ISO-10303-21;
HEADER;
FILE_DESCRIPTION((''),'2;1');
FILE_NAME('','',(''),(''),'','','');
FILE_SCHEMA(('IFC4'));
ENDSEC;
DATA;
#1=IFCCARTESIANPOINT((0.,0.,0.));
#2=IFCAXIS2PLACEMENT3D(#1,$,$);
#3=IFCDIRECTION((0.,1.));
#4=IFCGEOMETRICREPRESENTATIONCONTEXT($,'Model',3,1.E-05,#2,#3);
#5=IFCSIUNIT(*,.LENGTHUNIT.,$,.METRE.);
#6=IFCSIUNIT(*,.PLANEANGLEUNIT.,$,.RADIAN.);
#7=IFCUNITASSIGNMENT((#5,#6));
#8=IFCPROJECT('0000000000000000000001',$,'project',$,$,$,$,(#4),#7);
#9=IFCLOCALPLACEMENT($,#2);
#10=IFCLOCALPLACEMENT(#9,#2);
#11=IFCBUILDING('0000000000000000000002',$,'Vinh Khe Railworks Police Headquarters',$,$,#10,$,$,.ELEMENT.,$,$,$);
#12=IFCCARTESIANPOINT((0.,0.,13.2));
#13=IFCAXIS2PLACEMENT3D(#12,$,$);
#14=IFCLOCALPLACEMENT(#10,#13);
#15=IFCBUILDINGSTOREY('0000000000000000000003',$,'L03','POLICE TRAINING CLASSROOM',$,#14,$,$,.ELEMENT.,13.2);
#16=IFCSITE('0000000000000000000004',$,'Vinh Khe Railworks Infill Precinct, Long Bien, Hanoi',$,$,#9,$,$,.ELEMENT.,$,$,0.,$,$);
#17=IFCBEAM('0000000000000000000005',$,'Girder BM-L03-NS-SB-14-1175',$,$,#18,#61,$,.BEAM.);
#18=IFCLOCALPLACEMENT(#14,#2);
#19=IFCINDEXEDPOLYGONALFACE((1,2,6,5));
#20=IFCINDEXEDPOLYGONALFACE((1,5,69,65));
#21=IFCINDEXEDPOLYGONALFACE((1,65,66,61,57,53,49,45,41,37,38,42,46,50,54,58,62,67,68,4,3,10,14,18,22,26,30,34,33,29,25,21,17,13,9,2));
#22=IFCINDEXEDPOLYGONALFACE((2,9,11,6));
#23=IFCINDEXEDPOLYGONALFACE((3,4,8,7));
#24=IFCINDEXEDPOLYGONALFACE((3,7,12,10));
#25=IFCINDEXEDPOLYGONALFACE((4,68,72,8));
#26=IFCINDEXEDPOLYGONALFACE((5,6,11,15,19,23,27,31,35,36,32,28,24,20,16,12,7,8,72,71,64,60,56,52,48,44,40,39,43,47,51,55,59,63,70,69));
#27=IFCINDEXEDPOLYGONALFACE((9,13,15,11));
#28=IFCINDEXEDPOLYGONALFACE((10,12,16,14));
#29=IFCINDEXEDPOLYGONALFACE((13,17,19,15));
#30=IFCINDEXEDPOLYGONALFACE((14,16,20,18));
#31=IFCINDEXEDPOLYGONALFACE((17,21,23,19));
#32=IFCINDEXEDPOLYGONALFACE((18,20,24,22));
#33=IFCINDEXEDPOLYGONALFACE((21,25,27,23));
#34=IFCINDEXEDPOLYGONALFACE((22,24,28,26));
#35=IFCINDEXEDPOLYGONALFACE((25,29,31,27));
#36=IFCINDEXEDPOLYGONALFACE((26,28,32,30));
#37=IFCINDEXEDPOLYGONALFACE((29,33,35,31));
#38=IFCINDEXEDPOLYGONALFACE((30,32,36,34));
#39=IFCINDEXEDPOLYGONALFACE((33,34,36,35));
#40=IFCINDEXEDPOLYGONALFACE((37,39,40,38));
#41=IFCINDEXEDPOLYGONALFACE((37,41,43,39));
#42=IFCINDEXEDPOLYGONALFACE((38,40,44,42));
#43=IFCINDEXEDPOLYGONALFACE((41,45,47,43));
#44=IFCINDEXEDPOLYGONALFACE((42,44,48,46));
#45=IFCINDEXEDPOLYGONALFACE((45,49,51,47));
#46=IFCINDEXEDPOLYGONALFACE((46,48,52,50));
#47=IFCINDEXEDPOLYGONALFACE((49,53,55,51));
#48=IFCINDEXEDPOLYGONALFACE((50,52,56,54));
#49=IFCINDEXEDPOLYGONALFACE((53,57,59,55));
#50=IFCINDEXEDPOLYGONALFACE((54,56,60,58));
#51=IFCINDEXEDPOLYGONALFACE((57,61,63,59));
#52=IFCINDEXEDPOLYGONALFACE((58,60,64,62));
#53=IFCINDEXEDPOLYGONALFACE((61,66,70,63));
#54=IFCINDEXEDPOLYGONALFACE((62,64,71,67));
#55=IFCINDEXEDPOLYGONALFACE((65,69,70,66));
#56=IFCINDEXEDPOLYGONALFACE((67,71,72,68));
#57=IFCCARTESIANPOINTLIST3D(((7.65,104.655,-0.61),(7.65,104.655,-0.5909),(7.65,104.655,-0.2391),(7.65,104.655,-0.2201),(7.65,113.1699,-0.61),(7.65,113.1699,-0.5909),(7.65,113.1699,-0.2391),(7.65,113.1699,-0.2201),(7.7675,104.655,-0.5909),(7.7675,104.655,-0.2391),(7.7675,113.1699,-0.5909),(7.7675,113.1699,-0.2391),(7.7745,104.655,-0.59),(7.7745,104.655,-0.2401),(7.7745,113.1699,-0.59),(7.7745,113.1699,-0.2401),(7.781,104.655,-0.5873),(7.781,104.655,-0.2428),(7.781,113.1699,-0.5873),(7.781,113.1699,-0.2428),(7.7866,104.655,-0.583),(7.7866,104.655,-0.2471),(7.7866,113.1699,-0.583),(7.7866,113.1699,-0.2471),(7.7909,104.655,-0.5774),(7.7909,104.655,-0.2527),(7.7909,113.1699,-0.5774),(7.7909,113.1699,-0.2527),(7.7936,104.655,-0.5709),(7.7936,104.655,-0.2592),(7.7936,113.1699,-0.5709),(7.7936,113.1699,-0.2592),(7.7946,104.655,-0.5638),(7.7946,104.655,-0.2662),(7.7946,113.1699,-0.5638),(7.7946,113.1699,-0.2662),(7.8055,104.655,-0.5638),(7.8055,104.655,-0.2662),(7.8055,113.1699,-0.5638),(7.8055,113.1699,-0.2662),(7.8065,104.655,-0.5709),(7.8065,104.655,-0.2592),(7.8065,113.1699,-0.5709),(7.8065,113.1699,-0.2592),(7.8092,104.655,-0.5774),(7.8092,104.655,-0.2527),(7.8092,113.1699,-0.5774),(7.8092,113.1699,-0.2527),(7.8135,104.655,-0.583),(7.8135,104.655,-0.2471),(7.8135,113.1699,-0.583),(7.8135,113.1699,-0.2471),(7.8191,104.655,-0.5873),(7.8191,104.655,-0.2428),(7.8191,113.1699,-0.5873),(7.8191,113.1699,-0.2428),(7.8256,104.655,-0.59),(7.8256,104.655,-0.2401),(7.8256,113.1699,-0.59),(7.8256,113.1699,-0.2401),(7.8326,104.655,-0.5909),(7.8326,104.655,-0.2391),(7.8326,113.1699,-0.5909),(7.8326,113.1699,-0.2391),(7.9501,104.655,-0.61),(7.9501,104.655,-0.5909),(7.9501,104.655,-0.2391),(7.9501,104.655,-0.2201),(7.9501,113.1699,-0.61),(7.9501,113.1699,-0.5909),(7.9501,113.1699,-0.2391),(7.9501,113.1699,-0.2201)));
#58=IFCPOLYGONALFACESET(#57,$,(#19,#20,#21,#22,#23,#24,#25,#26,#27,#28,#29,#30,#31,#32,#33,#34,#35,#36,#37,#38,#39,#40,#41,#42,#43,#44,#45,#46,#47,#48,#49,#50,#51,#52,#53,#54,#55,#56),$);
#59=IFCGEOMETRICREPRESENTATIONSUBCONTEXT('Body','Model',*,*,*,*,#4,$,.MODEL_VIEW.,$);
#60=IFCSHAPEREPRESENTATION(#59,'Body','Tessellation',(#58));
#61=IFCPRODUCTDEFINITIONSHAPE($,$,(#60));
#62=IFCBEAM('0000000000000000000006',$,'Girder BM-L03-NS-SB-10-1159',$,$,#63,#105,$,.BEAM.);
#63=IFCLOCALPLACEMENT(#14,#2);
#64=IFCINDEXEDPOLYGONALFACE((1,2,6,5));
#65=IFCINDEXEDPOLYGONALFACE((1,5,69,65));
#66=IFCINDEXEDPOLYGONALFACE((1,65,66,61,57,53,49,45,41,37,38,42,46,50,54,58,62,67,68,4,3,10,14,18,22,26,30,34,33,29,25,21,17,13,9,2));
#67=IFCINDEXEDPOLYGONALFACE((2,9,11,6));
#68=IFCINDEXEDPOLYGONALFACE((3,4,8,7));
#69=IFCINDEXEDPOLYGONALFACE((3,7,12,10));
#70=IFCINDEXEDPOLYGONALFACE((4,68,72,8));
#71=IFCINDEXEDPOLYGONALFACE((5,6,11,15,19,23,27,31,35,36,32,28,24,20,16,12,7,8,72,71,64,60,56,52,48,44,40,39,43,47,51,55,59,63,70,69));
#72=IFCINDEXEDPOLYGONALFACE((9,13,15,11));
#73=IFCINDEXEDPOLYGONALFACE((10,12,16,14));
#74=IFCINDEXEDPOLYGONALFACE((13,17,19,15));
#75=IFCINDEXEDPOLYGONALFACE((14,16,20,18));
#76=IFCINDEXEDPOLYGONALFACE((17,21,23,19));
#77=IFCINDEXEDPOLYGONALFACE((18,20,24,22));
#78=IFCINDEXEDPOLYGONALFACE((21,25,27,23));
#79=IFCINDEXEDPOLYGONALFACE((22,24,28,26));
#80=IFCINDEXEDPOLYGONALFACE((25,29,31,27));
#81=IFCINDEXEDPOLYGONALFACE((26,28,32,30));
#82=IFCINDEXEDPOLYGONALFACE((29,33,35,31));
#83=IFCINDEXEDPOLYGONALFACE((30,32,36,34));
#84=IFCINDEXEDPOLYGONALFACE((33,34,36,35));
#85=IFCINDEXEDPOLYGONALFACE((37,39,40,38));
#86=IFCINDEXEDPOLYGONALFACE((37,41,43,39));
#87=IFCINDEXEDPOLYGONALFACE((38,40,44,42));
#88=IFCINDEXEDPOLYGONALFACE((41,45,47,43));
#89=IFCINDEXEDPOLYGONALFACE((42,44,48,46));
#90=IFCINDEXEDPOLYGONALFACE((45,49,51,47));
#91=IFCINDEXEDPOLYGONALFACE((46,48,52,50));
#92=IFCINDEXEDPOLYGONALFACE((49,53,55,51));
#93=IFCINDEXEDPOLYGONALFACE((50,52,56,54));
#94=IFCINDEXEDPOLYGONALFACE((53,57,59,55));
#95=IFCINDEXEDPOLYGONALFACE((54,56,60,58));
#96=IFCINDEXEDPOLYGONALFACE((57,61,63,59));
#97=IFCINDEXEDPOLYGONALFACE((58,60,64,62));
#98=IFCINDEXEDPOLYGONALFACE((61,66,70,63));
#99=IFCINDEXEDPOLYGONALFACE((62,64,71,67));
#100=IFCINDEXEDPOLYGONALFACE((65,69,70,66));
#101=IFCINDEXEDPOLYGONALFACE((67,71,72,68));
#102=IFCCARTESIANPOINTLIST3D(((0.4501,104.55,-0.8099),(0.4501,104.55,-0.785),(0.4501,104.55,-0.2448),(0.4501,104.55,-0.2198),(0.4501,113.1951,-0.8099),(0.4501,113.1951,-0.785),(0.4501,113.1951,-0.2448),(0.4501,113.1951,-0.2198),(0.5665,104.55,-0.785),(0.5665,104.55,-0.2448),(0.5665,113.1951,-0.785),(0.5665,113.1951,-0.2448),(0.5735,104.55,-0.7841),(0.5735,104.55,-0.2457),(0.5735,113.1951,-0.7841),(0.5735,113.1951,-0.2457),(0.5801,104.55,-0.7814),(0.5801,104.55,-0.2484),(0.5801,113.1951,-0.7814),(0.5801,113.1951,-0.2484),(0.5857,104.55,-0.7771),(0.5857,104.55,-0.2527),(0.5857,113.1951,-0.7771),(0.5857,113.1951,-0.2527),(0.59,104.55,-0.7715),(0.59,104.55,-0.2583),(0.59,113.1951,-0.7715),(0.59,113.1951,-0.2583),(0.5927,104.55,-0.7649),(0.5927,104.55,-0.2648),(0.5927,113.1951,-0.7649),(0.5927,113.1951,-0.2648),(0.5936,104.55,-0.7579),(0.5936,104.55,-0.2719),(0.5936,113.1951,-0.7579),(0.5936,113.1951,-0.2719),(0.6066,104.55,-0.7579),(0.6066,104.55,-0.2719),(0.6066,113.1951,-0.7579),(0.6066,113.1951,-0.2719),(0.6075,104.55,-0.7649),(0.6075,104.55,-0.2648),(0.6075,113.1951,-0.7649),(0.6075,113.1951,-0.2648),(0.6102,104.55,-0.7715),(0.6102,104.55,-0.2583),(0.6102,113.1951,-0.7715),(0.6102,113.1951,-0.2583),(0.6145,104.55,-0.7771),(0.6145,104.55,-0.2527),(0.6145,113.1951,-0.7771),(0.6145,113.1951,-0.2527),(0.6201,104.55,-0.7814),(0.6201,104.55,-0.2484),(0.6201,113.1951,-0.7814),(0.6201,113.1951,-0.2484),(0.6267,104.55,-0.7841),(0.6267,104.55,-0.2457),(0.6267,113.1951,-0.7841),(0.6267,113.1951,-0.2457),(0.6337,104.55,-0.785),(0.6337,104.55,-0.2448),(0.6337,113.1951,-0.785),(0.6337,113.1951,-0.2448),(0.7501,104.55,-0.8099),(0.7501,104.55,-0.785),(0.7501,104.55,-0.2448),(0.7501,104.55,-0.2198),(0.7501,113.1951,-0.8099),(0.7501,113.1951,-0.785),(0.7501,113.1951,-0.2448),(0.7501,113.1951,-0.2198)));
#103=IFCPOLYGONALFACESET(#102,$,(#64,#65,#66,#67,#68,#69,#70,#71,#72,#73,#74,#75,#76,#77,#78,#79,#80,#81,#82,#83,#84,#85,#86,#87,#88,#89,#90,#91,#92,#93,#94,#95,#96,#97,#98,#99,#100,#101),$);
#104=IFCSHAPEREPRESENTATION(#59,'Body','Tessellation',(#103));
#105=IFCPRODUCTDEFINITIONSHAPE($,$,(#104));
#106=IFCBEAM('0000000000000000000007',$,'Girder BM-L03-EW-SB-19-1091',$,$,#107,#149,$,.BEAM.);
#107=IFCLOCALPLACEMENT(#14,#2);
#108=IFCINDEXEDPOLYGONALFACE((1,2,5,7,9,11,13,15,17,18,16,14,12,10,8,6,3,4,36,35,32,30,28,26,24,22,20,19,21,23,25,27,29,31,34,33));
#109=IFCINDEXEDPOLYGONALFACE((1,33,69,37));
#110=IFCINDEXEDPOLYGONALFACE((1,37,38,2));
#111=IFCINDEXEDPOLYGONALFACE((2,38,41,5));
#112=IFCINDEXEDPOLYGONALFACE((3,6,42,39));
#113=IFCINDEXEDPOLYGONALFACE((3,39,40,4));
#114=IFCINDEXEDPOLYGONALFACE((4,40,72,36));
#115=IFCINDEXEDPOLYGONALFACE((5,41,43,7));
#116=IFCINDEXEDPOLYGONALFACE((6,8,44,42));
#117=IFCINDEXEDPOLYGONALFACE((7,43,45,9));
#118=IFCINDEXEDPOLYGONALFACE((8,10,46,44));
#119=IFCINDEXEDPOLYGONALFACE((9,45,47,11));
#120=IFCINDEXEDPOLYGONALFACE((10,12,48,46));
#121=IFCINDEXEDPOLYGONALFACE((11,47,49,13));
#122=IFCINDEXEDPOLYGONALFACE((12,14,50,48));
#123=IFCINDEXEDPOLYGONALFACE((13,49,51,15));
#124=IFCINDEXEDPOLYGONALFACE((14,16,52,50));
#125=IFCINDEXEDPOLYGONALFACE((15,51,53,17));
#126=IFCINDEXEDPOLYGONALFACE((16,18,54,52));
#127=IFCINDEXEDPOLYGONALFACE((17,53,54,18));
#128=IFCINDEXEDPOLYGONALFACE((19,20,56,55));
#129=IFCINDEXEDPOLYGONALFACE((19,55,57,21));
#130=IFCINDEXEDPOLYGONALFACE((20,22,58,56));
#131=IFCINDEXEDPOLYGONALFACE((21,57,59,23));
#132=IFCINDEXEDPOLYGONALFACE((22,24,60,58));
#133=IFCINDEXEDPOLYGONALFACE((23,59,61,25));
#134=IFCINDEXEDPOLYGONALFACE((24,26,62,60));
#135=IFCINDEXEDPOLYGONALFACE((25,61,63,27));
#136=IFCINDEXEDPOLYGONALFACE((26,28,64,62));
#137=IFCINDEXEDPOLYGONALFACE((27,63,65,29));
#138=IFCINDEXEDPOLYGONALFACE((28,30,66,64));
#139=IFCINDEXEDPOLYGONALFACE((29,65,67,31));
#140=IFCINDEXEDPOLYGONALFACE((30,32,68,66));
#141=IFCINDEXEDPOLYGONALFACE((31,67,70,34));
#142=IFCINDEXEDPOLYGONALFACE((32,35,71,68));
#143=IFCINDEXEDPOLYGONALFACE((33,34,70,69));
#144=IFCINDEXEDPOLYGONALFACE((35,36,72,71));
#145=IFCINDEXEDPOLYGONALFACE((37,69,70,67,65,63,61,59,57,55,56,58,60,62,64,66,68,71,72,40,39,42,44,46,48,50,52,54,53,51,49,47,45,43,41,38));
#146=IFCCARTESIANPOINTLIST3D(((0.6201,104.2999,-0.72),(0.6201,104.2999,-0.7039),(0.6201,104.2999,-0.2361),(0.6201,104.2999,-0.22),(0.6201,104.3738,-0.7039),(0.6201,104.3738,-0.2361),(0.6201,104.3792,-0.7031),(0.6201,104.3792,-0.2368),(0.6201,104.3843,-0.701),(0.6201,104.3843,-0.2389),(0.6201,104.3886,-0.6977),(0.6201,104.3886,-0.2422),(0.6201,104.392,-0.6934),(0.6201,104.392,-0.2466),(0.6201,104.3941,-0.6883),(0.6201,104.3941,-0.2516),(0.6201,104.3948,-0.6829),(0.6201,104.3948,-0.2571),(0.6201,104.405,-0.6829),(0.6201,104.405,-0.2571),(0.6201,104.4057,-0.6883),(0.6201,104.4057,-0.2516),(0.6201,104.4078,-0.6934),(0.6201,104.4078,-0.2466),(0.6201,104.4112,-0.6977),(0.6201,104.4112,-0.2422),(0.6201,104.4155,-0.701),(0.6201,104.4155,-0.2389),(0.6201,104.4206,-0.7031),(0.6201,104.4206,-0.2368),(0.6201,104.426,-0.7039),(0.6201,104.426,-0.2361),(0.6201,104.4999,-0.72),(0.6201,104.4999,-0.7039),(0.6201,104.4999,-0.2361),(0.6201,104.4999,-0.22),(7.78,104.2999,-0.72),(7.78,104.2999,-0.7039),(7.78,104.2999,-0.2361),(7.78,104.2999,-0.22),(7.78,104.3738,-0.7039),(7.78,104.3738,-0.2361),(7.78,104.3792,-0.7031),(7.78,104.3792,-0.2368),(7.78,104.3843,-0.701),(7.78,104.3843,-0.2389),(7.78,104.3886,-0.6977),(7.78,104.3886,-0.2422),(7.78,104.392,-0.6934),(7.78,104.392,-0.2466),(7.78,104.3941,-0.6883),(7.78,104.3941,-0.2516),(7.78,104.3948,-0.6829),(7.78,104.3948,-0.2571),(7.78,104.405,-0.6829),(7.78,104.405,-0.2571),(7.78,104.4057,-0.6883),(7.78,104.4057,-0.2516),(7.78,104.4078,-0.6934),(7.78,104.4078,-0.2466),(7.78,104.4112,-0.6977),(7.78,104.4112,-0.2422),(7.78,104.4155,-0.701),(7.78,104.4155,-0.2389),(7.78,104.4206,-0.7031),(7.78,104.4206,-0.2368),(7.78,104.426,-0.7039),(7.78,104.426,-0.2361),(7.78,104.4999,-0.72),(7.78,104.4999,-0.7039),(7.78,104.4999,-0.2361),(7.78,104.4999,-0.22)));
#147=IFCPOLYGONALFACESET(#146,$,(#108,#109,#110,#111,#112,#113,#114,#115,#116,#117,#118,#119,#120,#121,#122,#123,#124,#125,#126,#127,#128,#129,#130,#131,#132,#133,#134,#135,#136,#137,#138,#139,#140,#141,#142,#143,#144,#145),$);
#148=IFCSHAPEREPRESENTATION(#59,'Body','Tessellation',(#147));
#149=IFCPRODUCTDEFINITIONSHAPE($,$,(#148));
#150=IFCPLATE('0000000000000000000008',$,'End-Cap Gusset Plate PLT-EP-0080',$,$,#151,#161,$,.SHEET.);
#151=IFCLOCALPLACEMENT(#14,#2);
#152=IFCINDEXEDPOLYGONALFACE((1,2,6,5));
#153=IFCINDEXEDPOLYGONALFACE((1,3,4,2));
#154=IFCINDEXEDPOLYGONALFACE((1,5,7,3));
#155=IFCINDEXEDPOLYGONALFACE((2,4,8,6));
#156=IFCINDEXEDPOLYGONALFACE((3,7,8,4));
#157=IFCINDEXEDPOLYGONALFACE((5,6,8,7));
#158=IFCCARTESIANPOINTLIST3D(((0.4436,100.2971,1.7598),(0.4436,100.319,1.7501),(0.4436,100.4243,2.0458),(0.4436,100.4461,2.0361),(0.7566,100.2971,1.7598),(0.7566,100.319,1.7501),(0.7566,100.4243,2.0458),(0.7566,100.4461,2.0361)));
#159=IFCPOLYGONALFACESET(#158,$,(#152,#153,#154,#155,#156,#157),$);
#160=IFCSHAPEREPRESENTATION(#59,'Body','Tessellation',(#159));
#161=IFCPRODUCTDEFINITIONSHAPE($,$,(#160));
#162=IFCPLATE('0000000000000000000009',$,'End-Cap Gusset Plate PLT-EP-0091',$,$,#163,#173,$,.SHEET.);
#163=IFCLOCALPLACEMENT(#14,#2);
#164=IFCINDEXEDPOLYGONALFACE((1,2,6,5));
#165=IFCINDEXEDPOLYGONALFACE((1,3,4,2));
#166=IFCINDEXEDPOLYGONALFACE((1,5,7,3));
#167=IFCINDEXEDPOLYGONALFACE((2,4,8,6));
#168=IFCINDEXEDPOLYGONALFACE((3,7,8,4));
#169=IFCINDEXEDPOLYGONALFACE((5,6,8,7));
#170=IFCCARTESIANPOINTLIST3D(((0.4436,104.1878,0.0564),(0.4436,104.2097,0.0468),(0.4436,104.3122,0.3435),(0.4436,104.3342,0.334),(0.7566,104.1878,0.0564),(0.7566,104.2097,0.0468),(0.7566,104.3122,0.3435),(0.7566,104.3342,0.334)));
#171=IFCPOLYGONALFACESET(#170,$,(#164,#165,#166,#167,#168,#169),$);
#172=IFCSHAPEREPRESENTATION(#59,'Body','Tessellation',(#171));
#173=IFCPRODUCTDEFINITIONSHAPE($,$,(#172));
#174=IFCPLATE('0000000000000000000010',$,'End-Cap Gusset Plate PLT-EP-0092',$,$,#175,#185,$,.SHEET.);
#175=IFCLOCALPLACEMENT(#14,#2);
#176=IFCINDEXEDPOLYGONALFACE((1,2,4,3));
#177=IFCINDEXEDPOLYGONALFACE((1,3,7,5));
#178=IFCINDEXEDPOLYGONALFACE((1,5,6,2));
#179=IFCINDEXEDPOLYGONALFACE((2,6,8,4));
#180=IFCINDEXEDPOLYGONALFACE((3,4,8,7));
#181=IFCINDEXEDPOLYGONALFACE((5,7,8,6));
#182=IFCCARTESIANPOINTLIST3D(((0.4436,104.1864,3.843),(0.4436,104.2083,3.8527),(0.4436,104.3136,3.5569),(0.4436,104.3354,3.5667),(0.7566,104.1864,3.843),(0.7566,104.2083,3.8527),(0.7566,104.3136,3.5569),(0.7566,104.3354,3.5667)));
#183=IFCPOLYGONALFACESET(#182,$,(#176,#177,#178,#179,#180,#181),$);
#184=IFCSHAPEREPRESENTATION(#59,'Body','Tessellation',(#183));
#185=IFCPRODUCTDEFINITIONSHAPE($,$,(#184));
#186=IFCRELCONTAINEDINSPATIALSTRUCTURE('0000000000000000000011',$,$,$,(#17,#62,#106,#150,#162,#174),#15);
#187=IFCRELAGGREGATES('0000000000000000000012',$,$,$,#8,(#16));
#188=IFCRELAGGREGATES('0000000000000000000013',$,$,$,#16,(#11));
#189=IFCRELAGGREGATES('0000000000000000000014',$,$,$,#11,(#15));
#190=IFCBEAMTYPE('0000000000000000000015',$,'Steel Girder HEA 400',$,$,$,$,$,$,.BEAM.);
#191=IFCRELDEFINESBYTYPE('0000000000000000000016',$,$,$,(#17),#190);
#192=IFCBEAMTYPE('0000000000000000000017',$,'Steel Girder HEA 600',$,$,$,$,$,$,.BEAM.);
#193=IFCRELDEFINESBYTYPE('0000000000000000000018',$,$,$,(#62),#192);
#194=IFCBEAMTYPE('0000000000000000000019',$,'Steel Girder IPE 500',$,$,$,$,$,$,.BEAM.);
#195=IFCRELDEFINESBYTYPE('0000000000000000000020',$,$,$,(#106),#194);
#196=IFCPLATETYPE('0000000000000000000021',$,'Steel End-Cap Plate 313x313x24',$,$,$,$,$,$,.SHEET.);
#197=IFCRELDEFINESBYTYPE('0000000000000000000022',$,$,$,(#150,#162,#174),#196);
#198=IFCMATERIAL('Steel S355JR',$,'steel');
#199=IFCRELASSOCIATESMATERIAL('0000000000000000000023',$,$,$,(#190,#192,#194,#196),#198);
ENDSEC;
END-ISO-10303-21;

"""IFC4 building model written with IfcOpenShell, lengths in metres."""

from ifc_helpers import new_model, si_unit, direction, frame, origin, origin_2d, place, context, subcontext, project, spatial, rectangle, i_section, extrude, material, material_profile, profile_set, type_object, element, save


model = new_model("IFC4")

# Units and contexts
model_context = context("Model", 3, precision=1e-05, world=origin(), true_north=direction((0.0, 1.0)))
body_context = subcontext(model_context, "Body", "Model", "MODEL_VIEW")
ifc_project = project(units=[si_unit("LENGTHUNIT", "METRE"), si_unit("PLANEANGLEUNIT", "RADIAN")], contexts=[model_context])

# Site, building, storey
site_placement = place(None, origin())
site = spatial("IfcSite", under=ifc_project, at=site_placement, Name="Vinh Khe Railworks Infill Precinct, Long Bien, Hanoi", CompositionType="ELEMENT", RefElevation=0.0)
building_placement = place(site_placement, origin())
building = spatial("IfcBuilding", under=site, at=building_placement, Name="Vinh Khe Railworks Police Headquarters", CompositionType="ELEMENT")
storey_placement = place(building_placement, frame((0.0, 0.0, 13.2)))
storey = spatial("IfcBuildingStorey", under=building, at=storey_placement, Name="L03", Description="POLICE TRAINING CLASSROOM", CompositionType="ELEMENT", Elevation=13.2)

# Shared definitions
ifc_material_1 = material(Name="Steel S355JR", Category="steel")

# Beams
ifc_material_profile_1 = material_profile(ifc_material_1, i_section(OverallWidth=0.3, OverallDepth=0.3899, WebThickness=0.011, FlangeThickness=0.019, FilletRadius=0.0271, at=origin_2d()), Name="HEA 400")
ifc_profile_set_1 = profile_set([ifc_material_profile_1], Name="Steel S355JR")
beam_type_1 = type_object("IfcBeamType", Name="Steel Girder HEA 400", PredefinedType="BEAM", material=ifc_profile_set_1)
beam_1_placement = place(storey_placement, frame((7.8, 104.655, -0.415), z_axis=(0.0, 1.0, 0.0), x_axis=(-1.0, 0.0, 0.0)))
element("IfcBeam", 1, at=beam_1_placement, inside=storey, type_object=beam_type_1, Name="Girder BM-L03-NS-SB-14-1175", PredefinedType="BEAM", context=body_context, shape_type="SweptSolid", body=[
    extrude(i_section(OverallWidth=0.3, OverallDepth=0.3899, WebThickness=0.011, FlangeThickness=0.019, FilletRadius=0.0271, at=origin_2d()), origin(), (0.0, 0.0, 1.0), 8.5149),
])
ifc_material_profile_2 = material_profile(ifc_material_1, i_section(OverallWidth=0.3, OverallDepth=0.5901, WebThickness=0.0129, FlangeThickness=0.0249, FilletRadius=0.0271, at=origin_2d()), Name="HEA 600")
ifc_profile_set_2 = profile_set([ifc_material_profile_2], Name="Steel S355JR")
beam_type_2 = type_object("IfcBeamType", Name="Steel Girder HEA 600", PredefinedType="BEAM", material=ifc_profile_set_2)
beam_2_placement = place(storey_placement, frame((0.6001, 104.55, -0.5149), z_axis=(0.0, 1.0, 0.0), x_axis=(-1.0, 0.0, 0.0)))
element("IfcBeam", 2, at=beam_2_placement, inside=storey, type_object=beam_type_2, Name="Girder BM-L03-NS-SB-10-1159", PredefinedType="BEAM", context=body_context, shape_type="SweptSolid", body=[
    extrude(i_section(OverallWidth=0.3, OverallDepth=0.5901, WebThickness=0.0129, FlangeThickness=0.0249, FilletRadius=0.0271, at=origin_2d()), origin(), (0.0, 0.0, 1.0), 8.645),
])
ifc_material_profile_3 = material_profile(ifc_material_1, i_section(OverallWidth=0.2, OverallDepth=0.5, WebThickness=0.0103, FlangeThickness=0.0161, FilletRadius=0.021, at=origin_2d()), Name="IPE 500")
ifc_profile_set_3 = profile_set([ifc_material_profile_3], Name="Steel S355JR")
beam_type_3 = type_object("IfcBeamType", Name="Steel Girder IPE 500", PredefinedType="BEAM", material=ifc_profile_set_3)
beam_3_placement = place(storey_placement, frame((0.6201, 104.3999, -0.47), z_axis=(1.0, 0.0, 0.0), x_axis=(0.0, 1.0, 0.0)))
element("IfcBeam", 3, at=beam_3_placement, inside=storey, type_object=beam_type_3, Name="Girder BM-L03-EW-SB-19-1091", PredefinedType="BEAM", context=body_context, shape_type="SweptSolid", body=[
    extrude(i_section(OverallWidth=0.2, OverallDepth=0.5, WebThickness=0.0103, FlangeThickness=0.0161, FilletRadius=0.021, at=origin_2d()), origin(), (0.0, 0.0, 1.0), 7.1599),
])

# Plates
ifc_material_profile_4 = material_profile(ifc_material_1, rectangle(XDim=0.313, YDim=0.313, at=origin_2d()), Name="PL 313x313")
ifc_profile_set_4 = profile_set([ifc_material_profile_4], Name="Steel S355JR")
plate_type = type_object("IfcPlateType", Name="Steel End-Cap Plate 313x313x24", PredefinedType="SHEET", material=ifc_profile_set_4)
for number, where, z_axis, x_axis, name in (
    (4, (0.6001, 100.3826, 1.8931), (0.0, -0.913812, 0.406138), (1.0, 0.0, 0.0), "End-Cap Gusset Plate PLT-EP-0080"),
    (5, (0.6001, 104.25, 0.2), (0.0, 0.917556, -0.397607), (-1.0, 0.0, 0.0), "End-Cap Gusset Plate PLT-EP-0091"),
    (6, (0.6001, 104.25, 3.7), (0.0, 0.913812, 0.406138), (-1.0, 0.0, 0.0), "End-Cap Gusset Plate PLT-EP-0092"),
):
    element("IfcPlate", number, at=place(storey_placement, frame(where, z_axis=z_axis, x_axis=x_axis)), inside=storey, type_object=plate_type, Name=name, PredefinedType="SHEET", context=body_context, shape_type="SweptSolid", body=[
        extrude(rectangle(XDim=0.313, YDim=0.313, at=origin_2d()), origin(), (0.0, 0.0, 1.0), 0.0239),
    ])

save(model, "model.ifc")
